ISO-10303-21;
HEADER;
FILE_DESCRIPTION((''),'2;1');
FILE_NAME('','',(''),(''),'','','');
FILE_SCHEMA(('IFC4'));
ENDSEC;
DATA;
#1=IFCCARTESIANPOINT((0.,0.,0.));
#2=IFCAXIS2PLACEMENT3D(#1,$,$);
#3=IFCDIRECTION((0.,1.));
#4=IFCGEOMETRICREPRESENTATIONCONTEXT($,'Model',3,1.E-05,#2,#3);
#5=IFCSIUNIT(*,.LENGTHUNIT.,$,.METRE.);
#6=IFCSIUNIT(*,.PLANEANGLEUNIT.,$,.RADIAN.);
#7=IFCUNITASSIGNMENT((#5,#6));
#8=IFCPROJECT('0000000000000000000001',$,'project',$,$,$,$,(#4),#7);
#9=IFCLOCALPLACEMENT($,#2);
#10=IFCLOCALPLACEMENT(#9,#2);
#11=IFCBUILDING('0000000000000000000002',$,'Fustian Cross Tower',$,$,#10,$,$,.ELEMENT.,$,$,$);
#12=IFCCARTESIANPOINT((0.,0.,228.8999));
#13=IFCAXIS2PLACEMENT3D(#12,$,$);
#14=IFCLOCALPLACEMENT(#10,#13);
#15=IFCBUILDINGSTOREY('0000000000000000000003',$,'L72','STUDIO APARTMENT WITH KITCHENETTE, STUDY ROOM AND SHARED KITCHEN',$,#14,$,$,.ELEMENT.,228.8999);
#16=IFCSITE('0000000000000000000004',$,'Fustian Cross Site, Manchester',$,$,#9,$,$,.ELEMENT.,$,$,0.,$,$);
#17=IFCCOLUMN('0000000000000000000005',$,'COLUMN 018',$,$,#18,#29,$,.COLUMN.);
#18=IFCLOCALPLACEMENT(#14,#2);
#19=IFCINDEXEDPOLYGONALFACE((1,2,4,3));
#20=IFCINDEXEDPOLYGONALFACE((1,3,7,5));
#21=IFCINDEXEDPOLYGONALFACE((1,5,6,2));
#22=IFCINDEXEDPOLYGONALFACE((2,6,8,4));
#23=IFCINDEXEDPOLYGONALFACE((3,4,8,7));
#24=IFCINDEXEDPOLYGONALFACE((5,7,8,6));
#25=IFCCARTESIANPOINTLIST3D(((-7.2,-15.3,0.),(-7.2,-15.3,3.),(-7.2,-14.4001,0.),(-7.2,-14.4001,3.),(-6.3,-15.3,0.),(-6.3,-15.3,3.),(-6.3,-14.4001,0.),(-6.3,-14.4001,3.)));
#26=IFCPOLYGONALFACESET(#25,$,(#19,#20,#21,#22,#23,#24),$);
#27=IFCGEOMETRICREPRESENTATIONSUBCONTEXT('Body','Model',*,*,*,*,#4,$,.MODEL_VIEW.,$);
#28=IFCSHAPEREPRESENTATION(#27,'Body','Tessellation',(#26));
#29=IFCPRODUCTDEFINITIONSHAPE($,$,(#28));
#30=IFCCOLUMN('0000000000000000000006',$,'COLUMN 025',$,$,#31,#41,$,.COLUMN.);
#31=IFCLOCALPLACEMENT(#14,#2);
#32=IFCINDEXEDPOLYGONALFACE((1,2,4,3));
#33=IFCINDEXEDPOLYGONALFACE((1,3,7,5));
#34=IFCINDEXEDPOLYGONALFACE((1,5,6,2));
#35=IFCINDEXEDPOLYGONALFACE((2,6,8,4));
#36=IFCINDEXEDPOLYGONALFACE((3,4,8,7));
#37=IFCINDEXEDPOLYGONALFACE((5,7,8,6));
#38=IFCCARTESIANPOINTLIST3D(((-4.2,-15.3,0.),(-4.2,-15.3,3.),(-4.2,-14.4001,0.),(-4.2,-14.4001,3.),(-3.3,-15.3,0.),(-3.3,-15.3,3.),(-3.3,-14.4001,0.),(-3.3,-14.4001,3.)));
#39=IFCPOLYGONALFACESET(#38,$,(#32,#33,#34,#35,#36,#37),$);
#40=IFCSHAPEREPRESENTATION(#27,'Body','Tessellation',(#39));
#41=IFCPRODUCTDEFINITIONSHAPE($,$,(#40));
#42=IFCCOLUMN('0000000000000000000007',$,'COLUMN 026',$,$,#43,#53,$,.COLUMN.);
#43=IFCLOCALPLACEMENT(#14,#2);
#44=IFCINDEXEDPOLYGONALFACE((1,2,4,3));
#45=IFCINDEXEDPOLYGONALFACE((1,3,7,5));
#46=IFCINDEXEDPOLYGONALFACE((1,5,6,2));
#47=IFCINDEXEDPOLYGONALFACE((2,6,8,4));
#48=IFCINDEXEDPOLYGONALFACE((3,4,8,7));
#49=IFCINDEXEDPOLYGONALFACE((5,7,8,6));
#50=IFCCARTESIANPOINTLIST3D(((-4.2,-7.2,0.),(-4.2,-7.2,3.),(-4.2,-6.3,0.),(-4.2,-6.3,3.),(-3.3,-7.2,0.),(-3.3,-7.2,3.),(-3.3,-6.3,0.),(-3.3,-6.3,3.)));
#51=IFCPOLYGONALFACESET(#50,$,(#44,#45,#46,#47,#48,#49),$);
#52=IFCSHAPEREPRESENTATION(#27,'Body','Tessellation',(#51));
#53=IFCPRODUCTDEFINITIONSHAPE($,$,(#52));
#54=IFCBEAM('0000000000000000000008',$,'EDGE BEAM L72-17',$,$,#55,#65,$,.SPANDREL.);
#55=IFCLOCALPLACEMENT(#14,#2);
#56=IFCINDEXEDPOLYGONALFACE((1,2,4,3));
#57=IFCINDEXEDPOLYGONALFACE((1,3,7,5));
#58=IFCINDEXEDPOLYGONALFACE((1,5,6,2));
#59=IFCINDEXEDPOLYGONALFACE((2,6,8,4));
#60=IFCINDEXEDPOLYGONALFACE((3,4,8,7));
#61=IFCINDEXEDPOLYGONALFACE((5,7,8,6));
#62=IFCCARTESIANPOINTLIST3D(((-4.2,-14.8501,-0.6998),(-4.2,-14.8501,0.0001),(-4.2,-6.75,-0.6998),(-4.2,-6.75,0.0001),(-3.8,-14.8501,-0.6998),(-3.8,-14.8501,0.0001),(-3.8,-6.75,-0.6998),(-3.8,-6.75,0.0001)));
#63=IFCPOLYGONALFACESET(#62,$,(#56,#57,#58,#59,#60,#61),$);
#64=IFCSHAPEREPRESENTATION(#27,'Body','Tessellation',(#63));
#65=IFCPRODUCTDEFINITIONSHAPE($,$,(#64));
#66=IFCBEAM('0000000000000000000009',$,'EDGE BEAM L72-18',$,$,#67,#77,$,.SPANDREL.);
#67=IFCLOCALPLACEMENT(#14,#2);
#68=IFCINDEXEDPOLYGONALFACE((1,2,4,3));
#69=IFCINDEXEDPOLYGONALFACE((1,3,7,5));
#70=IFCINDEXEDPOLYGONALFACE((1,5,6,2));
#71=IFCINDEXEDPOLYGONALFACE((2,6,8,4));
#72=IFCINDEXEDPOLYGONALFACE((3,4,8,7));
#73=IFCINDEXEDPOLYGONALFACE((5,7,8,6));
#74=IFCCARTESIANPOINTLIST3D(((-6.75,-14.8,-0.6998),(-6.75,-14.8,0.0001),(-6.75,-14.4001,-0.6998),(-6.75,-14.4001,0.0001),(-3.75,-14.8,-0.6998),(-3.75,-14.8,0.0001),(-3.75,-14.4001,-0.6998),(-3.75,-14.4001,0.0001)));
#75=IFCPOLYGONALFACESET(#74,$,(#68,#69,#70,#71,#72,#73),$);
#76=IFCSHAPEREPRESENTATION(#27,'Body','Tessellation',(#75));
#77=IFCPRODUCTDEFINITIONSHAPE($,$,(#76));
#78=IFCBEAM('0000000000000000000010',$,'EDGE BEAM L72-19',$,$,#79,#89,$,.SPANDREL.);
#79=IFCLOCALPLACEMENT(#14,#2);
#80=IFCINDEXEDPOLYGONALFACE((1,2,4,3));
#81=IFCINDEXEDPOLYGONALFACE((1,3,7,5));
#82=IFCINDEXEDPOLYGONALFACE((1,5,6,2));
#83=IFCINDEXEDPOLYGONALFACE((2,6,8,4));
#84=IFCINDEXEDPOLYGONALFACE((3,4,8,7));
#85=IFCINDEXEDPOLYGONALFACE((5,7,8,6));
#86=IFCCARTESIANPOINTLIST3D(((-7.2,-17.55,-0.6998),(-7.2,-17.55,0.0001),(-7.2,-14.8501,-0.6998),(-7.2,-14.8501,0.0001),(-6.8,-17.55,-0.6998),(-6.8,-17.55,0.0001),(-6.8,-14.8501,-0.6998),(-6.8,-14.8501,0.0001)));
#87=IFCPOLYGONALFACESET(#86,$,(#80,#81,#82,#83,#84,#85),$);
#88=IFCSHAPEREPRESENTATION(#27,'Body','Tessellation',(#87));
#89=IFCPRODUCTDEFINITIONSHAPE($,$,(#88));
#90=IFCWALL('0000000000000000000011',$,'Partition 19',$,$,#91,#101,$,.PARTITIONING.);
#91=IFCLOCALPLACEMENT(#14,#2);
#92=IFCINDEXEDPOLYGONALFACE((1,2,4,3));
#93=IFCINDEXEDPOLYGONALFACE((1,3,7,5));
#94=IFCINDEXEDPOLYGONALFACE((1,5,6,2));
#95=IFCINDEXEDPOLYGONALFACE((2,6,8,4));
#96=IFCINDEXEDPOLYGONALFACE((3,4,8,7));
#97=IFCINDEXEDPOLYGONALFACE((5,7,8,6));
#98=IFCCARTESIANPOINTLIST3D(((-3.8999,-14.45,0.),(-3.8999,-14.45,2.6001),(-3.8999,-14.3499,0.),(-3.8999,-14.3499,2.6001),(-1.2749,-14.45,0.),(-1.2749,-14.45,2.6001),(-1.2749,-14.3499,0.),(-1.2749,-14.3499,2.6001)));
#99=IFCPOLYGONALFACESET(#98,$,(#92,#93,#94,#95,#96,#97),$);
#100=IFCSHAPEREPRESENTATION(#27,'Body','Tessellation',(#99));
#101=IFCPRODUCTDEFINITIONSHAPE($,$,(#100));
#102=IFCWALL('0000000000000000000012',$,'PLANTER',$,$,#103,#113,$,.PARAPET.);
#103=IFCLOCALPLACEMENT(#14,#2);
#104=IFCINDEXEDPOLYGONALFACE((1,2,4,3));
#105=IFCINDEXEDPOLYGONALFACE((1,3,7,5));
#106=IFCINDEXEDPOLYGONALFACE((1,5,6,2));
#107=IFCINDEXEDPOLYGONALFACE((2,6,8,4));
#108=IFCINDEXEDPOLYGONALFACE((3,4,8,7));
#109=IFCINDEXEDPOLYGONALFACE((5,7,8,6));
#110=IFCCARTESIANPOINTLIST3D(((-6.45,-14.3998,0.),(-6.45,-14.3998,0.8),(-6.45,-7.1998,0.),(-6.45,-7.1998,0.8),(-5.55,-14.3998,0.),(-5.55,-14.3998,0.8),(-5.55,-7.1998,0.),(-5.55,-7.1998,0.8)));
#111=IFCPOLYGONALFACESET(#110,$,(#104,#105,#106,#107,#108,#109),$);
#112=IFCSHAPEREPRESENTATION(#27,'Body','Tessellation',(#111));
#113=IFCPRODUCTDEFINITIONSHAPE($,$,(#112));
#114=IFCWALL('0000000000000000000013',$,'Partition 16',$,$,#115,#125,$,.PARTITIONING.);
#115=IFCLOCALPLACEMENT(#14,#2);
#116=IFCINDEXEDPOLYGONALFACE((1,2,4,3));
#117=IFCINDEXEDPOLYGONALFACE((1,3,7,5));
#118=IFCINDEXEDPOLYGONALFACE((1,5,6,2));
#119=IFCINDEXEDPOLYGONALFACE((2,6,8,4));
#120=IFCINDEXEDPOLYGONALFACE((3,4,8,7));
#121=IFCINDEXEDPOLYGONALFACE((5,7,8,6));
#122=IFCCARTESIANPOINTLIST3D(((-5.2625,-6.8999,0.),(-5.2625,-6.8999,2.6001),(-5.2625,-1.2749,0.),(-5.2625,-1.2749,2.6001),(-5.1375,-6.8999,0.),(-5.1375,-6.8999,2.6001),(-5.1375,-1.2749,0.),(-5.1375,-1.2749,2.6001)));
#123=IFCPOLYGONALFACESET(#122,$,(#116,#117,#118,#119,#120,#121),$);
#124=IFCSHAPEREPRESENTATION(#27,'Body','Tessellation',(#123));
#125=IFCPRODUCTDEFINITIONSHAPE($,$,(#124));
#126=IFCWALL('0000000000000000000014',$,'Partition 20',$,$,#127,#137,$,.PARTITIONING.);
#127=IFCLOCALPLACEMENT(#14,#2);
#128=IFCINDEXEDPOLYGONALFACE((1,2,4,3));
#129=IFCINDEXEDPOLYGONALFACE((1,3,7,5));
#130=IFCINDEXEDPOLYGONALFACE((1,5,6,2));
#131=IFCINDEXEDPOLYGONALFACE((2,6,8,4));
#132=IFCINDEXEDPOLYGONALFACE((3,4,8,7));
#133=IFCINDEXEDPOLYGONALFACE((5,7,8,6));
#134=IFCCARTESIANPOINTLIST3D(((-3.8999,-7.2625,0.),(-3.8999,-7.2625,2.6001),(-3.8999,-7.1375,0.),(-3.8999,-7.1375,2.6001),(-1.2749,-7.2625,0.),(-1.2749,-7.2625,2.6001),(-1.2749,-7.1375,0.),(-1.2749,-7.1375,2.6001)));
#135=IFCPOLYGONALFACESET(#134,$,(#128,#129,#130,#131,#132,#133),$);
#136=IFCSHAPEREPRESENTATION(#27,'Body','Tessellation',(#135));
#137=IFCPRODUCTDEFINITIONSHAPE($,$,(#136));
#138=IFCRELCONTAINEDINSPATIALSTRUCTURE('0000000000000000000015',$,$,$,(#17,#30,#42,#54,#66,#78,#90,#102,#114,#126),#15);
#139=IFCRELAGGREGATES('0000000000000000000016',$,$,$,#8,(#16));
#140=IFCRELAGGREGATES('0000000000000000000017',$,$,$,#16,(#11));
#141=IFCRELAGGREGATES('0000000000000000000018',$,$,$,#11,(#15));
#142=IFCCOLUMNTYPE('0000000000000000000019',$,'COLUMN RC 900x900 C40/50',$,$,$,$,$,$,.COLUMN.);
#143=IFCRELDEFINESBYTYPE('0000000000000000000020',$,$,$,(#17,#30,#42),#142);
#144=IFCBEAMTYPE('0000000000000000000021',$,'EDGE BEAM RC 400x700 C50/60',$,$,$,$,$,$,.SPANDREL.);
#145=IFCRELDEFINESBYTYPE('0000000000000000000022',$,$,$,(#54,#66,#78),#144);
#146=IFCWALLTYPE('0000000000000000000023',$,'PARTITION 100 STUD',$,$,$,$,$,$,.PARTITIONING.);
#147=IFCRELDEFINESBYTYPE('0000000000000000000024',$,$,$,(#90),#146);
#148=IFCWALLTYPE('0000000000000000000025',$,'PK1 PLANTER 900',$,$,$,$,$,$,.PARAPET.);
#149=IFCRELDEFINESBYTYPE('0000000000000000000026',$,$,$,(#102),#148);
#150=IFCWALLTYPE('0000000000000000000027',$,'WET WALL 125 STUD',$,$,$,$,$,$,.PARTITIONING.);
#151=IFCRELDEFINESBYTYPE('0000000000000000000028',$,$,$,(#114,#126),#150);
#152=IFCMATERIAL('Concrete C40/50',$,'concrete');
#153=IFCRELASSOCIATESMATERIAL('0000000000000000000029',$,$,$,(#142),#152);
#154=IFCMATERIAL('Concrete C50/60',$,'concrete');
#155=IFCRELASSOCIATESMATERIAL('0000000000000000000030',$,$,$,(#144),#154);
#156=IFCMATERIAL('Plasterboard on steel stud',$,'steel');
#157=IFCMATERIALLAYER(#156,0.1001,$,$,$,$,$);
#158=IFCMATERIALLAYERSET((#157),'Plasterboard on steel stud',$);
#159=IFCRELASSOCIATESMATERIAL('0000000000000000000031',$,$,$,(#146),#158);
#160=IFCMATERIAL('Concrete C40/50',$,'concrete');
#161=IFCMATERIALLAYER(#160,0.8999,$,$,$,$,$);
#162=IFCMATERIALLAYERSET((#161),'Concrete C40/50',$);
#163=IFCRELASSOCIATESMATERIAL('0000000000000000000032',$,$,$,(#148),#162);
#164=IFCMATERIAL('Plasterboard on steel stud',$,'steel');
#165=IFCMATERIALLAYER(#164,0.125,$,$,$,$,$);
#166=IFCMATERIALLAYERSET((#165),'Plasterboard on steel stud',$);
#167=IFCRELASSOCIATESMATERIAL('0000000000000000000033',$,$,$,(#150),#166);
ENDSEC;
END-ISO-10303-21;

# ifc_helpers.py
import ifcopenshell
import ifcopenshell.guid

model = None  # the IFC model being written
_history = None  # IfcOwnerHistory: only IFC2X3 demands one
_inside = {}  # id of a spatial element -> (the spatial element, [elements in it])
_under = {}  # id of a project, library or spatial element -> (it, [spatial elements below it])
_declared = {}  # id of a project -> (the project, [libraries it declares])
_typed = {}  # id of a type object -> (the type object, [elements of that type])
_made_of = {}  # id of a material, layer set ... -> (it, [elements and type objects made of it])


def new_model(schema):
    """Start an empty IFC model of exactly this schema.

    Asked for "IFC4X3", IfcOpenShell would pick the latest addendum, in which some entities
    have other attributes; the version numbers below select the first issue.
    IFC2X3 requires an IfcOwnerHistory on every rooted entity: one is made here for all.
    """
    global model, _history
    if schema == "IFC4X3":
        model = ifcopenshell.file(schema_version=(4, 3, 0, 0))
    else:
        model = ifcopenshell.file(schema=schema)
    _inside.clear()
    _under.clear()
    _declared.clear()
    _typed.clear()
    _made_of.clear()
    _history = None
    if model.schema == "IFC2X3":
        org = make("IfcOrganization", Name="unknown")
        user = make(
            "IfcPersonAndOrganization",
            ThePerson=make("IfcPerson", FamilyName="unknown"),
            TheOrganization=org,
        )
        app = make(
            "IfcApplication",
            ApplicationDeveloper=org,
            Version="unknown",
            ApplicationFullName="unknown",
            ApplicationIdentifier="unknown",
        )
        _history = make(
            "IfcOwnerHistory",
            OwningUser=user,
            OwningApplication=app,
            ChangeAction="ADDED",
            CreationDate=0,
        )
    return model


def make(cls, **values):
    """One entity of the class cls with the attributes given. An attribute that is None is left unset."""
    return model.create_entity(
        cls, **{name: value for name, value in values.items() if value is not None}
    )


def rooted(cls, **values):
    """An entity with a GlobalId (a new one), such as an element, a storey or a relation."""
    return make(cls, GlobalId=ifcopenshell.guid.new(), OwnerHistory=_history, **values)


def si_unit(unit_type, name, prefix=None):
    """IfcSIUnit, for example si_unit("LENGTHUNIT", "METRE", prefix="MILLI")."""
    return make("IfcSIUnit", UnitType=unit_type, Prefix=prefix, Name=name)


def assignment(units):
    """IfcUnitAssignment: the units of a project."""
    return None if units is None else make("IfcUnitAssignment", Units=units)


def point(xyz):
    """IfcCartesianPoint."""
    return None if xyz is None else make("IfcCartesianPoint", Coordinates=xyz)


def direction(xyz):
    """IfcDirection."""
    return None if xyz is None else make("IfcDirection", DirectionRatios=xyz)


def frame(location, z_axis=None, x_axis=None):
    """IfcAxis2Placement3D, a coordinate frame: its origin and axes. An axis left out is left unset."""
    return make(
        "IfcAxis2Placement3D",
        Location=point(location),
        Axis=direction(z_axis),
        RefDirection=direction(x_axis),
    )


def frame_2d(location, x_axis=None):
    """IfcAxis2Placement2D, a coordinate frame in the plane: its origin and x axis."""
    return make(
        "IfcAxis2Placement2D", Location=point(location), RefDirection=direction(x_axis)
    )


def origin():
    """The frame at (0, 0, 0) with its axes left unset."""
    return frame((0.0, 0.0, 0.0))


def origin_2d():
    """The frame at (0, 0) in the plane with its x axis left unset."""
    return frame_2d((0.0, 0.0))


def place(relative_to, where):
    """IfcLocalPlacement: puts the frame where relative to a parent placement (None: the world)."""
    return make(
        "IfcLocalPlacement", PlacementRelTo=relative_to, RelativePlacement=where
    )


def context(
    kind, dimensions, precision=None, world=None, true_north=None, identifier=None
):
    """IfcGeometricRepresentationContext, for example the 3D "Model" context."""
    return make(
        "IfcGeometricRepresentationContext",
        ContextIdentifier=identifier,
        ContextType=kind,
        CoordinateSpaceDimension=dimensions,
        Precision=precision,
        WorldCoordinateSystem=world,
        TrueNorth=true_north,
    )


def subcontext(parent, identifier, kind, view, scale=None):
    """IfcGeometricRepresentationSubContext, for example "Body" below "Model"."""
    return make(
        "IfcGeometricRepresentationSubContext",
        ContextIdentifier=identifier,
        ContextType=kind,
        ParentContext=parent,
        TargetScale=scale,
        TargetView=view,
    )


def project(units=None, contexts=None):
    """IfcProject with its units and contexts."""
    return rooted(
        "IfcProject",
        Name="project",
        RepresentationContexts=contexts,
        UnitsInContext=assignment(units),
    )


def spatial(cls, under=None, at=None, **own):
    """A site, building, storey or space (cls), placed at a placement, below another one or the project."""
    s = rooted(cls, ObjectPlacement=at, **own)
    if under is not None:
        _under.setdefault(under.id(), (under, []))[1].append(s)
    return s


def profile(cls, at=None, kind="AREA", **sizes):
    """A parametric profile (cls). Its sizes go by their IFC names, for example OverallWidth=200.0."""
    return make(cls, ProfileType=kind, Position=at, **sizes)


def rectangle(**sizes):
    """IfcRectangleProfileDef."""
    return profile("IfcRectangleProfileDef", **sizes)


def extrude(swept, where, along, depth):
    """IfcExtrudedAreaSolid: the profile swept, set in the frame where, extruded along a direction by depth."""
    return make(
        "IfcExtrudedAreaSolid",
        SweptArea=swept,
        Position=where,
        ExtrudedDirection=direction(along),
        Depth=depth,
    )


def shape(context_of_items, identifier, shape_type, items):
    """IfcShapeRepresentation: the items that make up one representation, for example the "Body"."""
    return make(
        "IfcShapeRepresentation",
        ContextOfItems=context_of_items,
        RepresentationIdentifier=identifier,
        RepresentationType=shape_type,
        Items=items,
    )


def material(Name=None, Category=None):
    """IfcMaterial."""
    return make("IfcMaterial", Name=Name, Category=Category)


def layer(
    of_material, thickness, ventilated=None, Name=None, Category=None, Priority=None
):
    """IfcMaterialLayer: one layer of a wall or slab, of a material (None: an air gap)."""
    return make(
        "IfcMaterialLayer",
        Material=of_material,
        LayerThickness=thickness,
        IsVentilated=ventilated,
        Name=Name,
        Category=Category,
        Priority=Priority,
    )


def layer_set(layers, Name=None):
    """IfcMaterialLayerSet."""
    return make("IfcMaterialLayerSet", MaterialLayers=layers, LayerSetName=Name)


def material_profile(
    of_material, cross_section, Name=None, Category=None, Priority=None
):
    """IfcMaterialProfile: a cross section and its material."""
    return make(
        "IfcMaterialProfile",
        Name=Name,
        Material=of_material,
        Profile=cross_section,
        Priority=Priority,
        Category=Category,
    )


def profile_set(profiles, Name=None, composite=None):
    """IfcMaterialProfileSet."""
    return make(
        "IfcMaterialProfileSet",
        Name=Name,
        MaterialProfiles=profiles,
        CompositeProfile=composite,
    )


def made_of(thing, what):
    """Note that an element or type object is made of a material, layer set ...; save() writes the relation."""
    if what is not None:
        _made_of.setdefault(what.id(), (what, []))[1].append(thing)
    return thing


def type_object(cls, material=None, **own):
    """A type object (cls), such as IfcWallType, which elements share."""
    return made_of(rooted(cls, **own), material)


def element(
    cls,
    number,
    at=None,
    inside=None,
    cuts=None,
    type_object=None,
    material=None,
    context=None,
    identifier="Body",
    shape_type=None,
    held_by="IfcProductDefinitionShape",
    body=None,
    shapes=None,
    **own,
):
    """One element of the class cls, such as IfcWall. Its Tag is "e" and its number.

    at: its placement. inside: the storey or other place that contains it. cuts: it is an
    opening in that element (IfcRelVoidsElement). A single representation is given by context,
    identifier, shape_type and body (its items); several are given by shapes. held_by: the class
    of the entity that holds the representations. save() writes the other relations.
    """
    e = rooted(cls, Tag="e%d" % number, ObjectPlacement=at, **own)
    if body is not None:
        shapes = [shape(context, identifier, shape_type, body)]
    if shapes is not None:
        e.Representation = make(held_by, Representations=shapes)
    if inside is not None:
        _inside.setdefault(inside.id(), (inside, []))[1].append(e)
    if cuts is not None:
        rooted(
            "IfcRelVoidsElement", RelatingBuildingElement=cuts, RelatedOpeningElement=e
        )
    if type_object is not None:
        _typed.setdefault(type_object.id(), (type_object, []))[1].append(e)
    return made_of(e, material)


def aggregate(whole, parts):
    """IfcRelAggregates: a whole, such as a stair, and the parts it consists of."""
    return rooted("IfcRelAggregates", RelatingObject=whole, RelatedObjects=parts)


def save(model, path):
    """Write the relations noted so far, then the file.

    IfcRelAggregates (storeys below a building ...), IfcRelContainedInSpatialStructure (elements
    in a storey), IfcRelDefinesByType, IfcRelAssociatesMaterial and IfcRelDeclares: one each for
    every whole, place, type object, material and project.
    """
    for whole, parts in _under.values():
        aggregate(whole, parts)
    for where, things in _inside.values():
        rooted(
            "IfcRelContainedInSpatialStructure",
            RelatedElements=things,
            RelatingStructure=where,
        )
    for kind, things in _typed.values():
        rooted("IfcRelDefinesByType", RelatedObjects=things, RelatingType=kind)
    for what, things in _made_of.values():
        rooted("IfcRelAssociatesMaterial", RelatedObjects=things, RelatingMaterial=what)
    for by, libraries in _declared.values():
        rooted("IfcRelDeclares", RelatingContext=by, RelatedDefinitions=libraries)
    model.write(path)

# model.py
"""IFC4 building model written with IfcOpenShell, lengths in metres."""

from ifc_helpers import new_model, si_unit, direction, frame, frame_2d, origin, origin_2d, place, context, subcontext, project, spatial, rectangle, extrude, material, layer, layer_set, material_profile, profile_set, type_object, element, save


model = new_model("IFC4")

# Units and contexts
model_context = context("Model", 3, precision=1e-05, world=origin(), true_north=direction((0.0, 1.0)))
body_context = subcontext(model_context, "Body", "Model", "MODEL_VIEW")
ifc_project = project(units=[si_unit("LENGTHUNIT", "METRE"), si_unit("PLANEANGLEUNIT", "RADIAN")], contexts=[model_context])

# Site, building, storey
site_placement = place(None, origin())
site = spatial("IfcSite", under=ifc_project, at=site_placement, Name="Fustian Cross Site, Manchester", CompositionType="ELEMENT", RefElevation=0.0)
building_placement = place(site_placement, origin())
building = spatial("IfcBuilding", under=site, at=building_placement, Name="Fustian Cross Tower", CompositionType="ELEMENT")
storey_placement = place(building_placement, frame((0.0, 0.0, 228.8999)))
storey = spatial("IfcBuildingStorey", under=building, at=storey_placement, Name="L72", Description="STUDIO APARTMENT WITH KITCHENETTE, STUDY ROOM AND SHARED KITCHEN", CompositionType="ELEMENT", Elevation=228.8999)

# Columns
ifc_material_1 = material(Name="Concrete C40/50", Category="concrete")
ifc_material_profile_1 = material_profile(ifc_material_1, rectangle(XDim=0.8999, YDim=0.8999, at=origin_2d()), Name="RC 900x900")
ifc_profile_set_1 = profile_set([ifc_material_profile_1], Name="Concrete C40/50")
column_type = type_object("IfcColumnType", Name="COLUMN RC 900x900 C40/50", PredefinedType="COLUMN", material=ifc_profile_set_1)
for number, where, z_axis, x_axis, name in (
    (1, (-6.75, -14.8501, 0.0), (0.0, 0.0, 1.0), (1.0, 0.0, 0.0), "COLUMN 018"),
    (2, (-3.75, -14.8501, 0.0), (0.0, 0.0, 1.0), (1.0, 0.0, 0.0), "COLUMN 025"),
    (3, (-3.75, -6.75, 0.0), (0.0, 0.0, 1.0), (1.0, 0.0, 0.0), "COLUMN 026"),
):
    element("IfcColumn", number, at=place(storey_placement, frame(where, z_axis=z_axis, x_axis=x_axis)), inside=storey, type_object=column_type, Name=name, PredefinedType="COLUMN", context=body_context, shape_type="SweptSolid", body=[
        extrude(rectangle(XDim=0.8999, YDim=0.8999, at=origin_2d()), origin(), (0.0, 0.0, 1.0), 3.0),
    ])

# Beams
ifc_material_2 = material(Name="Concrete C50/60", Category="concrete")
ifc_material_profile_2 = material_profile(ifc_material_2, rectangle(XDim=0.3999, YDim=0.7, at=origin_2d()), Name="RC 400x700")
ifc_profile_set_2 = profile_set([ifc_material_profile_2], Name="Concrete C50/60")
beam_type = type_object("IfcBeamType", Name="EDGE BEAM RC 400x700 C50/60", PredefinedType="SPANDREL", material=ifc_profile_set_2)
beam_1_placement = place(storey_placement, frame((-4.0, -6.75, -0.3499), z_axis=(0.0, -1.0, 0.0), x_axis=(1.0, 0.0, 0.0)))
element("IfcBeam", 4, at=beam_1_placement, inside=storey, type_object=beam_type, Name="EDGE BEAM L72-17", PredefinedType="SPANDREL", context=body_context, shape_type="SweptSolid", body=[
    extrude(rectangle(XDim=0.3999, YDim=0.7, at=origin_2d()), origin(), (0.0, 0.0, 1.0), 8.1001),
])
beam_2_placement = place(storey_placement, frame((-3.75, -14.6001, -0.3499), z_axis=(-1.0, 0.0, 0.0), x_axis=(0.0, -1.0, 0.0)))
element("IfcBeam", 5, at=beam_2_placement, inside=storey, type_object=beam_type, Name="EDGE BEAM L72-18", PredefinedType="SPANDREL", context=body_context, shape_type="SweptSolid", body=[
    extrude(rectangle(XDim=0.3999, YDim=0.7, at=origin_2d()), origin(), (0.0, 0.0, 1.0), 3.0),
])
beam_3_placement = place(storey_placement, frame((-7.0, -14.8501, -0.3499), z_axis=(0.0, -1.0, 0.0), x_axis=(1.0, 0.0, 0.0)))
element("IfcBeam", 6, at=beam_3_placement, inside=storey, type_object=beam_type, Name="EDGE BEAM L72-19", PredefinedType="SPANDREL", context=body_context, shape_type="SweptSolid", body=[
    extrude(rectangle(XDim=0.3999, YDim=0.7, at=origin_2d()), origin(), (0.0, 0.0, 1.0), 2.7),
])

# Walls
ifc_material_3 = material(Name="Plasterboard on steel stud", Category="steel")
ifc_layer_1 = layer(ifc_material_3, 0.1001)
ifc_layer_set_1 = layer_set([ifc_layer_1], Name="Plasterboard on steel stud")
wall_type_1 = type_object("IfcWallType", Name="PARTITION 100 STUD", PredefinedType="PARTITIONING", material=ifc_layer_set_1)
wall_1_placement = place(storey_placement, frame((-3.8999, -14.3999, 0.0), z_axis=(0.0, 0.0, 1.0), x_axis=(1.0, 0.0, 0.0)))
element("IfcWall", 7, at=wall_1_placement, inside=storey, type_object=wall_type_1, Name="Partition 19", PredefinedType="PARTITIONING", context=body_context, shape_type="SweptSolid", body=[
    extrude(rectangle(XDim=2.625, YDim=0.1001, at=frame_2d((1.3125, 0.0))), origin(), (0.0, 0.0, 1.0), 2.6001),
])
ifc_material_4 = material(Name="Concrete C40/50", Category="concrete")
ifc_layer_2 = layer(ifc_material_4, 0.8999)
ifc_layer_set_2 = layer_set([ifc_layer_2], Name="Concrete C40/50")
wall_type_2 = type_object("IfcWallType", Name="PK1 PLANTER 900", PredefinedType="PARAPET", material=ifc_layer_set_2)
wall_2_placement = place(storey_placement, frame((-6.0, -14.3999, 0.0), z_axis=(0.0, 0.0, 1.0), x_axis=(0.0, 1.0, 0.0)))
element("IfcWall", 8, at=wall_2_placement, inside=storey, type_object=wall_type_2, Name="PLANTER", PredefinedType="PARAPET", context=body_context, shape_type="SweptSolid", body=[
    extrude(rectangle(XDim=7.2, YDim=0.8999, at=frame_2d((3.6001, 0.0))), origin(), (0.0, 0.0, 1.0), 0.8),
])
ifc_material_5 = material(Name="Plasterboard on steel stud", Category="steel")
ifc_layer_3 = layer(ifc_material_5, 0.125)
ifc_layer_set_3 = layer_set([ifc_layer_3], Name="Plasterboard on steel stud")
wall_type_3 = type_object("IfcWallType", Name="WET WALL 125 STUD", PredefinedType="PARTITIONING", material=ifc_layer_set_3)
wall_3_placement = place(storey_placement, frame((-5.2, -6.8999, 0.0), z_axis=(0.0, 0.0, 1.0), x_axis=(0.0, 1.0, 0.0)))
element("IfcWall", 9, at=wall_3_placement, inside=storey, type_object=wall_type_3, Name="Partition 16", PredefinedType="PARTITIONING", context=body_context, shape_type="SweptSolid", body=[
    extrude(rectangle(XDim=5.625, YDim=0.125, at=frame_2d((2.8125, 0.0))), origin(), (0.0, 0.0, 1.0), 2.6001),
])
wall_4_placement = place(storey_placement, frame((-3.8999, -7.2, 0.0), z_axis=(0.0, 0.0, 1.0), x_axis=(1.0, 0.0, 0.0)))
element("IfcWall", 10, at=wall_4_placement, inside=storey, type_object=wall_type_3, Name="Partition 20", PredefinedType="PARTITIONING", context=body_context, shape_type="SweptSolid", body=[
    extrude(rectangle(XDim=2.625, YDim=0.125, at=frame_2d((1.3125, 0.0))), origin(), (0.0, 0.0, 1.0), 2.6001),
])

save(model, "model.ifc")
